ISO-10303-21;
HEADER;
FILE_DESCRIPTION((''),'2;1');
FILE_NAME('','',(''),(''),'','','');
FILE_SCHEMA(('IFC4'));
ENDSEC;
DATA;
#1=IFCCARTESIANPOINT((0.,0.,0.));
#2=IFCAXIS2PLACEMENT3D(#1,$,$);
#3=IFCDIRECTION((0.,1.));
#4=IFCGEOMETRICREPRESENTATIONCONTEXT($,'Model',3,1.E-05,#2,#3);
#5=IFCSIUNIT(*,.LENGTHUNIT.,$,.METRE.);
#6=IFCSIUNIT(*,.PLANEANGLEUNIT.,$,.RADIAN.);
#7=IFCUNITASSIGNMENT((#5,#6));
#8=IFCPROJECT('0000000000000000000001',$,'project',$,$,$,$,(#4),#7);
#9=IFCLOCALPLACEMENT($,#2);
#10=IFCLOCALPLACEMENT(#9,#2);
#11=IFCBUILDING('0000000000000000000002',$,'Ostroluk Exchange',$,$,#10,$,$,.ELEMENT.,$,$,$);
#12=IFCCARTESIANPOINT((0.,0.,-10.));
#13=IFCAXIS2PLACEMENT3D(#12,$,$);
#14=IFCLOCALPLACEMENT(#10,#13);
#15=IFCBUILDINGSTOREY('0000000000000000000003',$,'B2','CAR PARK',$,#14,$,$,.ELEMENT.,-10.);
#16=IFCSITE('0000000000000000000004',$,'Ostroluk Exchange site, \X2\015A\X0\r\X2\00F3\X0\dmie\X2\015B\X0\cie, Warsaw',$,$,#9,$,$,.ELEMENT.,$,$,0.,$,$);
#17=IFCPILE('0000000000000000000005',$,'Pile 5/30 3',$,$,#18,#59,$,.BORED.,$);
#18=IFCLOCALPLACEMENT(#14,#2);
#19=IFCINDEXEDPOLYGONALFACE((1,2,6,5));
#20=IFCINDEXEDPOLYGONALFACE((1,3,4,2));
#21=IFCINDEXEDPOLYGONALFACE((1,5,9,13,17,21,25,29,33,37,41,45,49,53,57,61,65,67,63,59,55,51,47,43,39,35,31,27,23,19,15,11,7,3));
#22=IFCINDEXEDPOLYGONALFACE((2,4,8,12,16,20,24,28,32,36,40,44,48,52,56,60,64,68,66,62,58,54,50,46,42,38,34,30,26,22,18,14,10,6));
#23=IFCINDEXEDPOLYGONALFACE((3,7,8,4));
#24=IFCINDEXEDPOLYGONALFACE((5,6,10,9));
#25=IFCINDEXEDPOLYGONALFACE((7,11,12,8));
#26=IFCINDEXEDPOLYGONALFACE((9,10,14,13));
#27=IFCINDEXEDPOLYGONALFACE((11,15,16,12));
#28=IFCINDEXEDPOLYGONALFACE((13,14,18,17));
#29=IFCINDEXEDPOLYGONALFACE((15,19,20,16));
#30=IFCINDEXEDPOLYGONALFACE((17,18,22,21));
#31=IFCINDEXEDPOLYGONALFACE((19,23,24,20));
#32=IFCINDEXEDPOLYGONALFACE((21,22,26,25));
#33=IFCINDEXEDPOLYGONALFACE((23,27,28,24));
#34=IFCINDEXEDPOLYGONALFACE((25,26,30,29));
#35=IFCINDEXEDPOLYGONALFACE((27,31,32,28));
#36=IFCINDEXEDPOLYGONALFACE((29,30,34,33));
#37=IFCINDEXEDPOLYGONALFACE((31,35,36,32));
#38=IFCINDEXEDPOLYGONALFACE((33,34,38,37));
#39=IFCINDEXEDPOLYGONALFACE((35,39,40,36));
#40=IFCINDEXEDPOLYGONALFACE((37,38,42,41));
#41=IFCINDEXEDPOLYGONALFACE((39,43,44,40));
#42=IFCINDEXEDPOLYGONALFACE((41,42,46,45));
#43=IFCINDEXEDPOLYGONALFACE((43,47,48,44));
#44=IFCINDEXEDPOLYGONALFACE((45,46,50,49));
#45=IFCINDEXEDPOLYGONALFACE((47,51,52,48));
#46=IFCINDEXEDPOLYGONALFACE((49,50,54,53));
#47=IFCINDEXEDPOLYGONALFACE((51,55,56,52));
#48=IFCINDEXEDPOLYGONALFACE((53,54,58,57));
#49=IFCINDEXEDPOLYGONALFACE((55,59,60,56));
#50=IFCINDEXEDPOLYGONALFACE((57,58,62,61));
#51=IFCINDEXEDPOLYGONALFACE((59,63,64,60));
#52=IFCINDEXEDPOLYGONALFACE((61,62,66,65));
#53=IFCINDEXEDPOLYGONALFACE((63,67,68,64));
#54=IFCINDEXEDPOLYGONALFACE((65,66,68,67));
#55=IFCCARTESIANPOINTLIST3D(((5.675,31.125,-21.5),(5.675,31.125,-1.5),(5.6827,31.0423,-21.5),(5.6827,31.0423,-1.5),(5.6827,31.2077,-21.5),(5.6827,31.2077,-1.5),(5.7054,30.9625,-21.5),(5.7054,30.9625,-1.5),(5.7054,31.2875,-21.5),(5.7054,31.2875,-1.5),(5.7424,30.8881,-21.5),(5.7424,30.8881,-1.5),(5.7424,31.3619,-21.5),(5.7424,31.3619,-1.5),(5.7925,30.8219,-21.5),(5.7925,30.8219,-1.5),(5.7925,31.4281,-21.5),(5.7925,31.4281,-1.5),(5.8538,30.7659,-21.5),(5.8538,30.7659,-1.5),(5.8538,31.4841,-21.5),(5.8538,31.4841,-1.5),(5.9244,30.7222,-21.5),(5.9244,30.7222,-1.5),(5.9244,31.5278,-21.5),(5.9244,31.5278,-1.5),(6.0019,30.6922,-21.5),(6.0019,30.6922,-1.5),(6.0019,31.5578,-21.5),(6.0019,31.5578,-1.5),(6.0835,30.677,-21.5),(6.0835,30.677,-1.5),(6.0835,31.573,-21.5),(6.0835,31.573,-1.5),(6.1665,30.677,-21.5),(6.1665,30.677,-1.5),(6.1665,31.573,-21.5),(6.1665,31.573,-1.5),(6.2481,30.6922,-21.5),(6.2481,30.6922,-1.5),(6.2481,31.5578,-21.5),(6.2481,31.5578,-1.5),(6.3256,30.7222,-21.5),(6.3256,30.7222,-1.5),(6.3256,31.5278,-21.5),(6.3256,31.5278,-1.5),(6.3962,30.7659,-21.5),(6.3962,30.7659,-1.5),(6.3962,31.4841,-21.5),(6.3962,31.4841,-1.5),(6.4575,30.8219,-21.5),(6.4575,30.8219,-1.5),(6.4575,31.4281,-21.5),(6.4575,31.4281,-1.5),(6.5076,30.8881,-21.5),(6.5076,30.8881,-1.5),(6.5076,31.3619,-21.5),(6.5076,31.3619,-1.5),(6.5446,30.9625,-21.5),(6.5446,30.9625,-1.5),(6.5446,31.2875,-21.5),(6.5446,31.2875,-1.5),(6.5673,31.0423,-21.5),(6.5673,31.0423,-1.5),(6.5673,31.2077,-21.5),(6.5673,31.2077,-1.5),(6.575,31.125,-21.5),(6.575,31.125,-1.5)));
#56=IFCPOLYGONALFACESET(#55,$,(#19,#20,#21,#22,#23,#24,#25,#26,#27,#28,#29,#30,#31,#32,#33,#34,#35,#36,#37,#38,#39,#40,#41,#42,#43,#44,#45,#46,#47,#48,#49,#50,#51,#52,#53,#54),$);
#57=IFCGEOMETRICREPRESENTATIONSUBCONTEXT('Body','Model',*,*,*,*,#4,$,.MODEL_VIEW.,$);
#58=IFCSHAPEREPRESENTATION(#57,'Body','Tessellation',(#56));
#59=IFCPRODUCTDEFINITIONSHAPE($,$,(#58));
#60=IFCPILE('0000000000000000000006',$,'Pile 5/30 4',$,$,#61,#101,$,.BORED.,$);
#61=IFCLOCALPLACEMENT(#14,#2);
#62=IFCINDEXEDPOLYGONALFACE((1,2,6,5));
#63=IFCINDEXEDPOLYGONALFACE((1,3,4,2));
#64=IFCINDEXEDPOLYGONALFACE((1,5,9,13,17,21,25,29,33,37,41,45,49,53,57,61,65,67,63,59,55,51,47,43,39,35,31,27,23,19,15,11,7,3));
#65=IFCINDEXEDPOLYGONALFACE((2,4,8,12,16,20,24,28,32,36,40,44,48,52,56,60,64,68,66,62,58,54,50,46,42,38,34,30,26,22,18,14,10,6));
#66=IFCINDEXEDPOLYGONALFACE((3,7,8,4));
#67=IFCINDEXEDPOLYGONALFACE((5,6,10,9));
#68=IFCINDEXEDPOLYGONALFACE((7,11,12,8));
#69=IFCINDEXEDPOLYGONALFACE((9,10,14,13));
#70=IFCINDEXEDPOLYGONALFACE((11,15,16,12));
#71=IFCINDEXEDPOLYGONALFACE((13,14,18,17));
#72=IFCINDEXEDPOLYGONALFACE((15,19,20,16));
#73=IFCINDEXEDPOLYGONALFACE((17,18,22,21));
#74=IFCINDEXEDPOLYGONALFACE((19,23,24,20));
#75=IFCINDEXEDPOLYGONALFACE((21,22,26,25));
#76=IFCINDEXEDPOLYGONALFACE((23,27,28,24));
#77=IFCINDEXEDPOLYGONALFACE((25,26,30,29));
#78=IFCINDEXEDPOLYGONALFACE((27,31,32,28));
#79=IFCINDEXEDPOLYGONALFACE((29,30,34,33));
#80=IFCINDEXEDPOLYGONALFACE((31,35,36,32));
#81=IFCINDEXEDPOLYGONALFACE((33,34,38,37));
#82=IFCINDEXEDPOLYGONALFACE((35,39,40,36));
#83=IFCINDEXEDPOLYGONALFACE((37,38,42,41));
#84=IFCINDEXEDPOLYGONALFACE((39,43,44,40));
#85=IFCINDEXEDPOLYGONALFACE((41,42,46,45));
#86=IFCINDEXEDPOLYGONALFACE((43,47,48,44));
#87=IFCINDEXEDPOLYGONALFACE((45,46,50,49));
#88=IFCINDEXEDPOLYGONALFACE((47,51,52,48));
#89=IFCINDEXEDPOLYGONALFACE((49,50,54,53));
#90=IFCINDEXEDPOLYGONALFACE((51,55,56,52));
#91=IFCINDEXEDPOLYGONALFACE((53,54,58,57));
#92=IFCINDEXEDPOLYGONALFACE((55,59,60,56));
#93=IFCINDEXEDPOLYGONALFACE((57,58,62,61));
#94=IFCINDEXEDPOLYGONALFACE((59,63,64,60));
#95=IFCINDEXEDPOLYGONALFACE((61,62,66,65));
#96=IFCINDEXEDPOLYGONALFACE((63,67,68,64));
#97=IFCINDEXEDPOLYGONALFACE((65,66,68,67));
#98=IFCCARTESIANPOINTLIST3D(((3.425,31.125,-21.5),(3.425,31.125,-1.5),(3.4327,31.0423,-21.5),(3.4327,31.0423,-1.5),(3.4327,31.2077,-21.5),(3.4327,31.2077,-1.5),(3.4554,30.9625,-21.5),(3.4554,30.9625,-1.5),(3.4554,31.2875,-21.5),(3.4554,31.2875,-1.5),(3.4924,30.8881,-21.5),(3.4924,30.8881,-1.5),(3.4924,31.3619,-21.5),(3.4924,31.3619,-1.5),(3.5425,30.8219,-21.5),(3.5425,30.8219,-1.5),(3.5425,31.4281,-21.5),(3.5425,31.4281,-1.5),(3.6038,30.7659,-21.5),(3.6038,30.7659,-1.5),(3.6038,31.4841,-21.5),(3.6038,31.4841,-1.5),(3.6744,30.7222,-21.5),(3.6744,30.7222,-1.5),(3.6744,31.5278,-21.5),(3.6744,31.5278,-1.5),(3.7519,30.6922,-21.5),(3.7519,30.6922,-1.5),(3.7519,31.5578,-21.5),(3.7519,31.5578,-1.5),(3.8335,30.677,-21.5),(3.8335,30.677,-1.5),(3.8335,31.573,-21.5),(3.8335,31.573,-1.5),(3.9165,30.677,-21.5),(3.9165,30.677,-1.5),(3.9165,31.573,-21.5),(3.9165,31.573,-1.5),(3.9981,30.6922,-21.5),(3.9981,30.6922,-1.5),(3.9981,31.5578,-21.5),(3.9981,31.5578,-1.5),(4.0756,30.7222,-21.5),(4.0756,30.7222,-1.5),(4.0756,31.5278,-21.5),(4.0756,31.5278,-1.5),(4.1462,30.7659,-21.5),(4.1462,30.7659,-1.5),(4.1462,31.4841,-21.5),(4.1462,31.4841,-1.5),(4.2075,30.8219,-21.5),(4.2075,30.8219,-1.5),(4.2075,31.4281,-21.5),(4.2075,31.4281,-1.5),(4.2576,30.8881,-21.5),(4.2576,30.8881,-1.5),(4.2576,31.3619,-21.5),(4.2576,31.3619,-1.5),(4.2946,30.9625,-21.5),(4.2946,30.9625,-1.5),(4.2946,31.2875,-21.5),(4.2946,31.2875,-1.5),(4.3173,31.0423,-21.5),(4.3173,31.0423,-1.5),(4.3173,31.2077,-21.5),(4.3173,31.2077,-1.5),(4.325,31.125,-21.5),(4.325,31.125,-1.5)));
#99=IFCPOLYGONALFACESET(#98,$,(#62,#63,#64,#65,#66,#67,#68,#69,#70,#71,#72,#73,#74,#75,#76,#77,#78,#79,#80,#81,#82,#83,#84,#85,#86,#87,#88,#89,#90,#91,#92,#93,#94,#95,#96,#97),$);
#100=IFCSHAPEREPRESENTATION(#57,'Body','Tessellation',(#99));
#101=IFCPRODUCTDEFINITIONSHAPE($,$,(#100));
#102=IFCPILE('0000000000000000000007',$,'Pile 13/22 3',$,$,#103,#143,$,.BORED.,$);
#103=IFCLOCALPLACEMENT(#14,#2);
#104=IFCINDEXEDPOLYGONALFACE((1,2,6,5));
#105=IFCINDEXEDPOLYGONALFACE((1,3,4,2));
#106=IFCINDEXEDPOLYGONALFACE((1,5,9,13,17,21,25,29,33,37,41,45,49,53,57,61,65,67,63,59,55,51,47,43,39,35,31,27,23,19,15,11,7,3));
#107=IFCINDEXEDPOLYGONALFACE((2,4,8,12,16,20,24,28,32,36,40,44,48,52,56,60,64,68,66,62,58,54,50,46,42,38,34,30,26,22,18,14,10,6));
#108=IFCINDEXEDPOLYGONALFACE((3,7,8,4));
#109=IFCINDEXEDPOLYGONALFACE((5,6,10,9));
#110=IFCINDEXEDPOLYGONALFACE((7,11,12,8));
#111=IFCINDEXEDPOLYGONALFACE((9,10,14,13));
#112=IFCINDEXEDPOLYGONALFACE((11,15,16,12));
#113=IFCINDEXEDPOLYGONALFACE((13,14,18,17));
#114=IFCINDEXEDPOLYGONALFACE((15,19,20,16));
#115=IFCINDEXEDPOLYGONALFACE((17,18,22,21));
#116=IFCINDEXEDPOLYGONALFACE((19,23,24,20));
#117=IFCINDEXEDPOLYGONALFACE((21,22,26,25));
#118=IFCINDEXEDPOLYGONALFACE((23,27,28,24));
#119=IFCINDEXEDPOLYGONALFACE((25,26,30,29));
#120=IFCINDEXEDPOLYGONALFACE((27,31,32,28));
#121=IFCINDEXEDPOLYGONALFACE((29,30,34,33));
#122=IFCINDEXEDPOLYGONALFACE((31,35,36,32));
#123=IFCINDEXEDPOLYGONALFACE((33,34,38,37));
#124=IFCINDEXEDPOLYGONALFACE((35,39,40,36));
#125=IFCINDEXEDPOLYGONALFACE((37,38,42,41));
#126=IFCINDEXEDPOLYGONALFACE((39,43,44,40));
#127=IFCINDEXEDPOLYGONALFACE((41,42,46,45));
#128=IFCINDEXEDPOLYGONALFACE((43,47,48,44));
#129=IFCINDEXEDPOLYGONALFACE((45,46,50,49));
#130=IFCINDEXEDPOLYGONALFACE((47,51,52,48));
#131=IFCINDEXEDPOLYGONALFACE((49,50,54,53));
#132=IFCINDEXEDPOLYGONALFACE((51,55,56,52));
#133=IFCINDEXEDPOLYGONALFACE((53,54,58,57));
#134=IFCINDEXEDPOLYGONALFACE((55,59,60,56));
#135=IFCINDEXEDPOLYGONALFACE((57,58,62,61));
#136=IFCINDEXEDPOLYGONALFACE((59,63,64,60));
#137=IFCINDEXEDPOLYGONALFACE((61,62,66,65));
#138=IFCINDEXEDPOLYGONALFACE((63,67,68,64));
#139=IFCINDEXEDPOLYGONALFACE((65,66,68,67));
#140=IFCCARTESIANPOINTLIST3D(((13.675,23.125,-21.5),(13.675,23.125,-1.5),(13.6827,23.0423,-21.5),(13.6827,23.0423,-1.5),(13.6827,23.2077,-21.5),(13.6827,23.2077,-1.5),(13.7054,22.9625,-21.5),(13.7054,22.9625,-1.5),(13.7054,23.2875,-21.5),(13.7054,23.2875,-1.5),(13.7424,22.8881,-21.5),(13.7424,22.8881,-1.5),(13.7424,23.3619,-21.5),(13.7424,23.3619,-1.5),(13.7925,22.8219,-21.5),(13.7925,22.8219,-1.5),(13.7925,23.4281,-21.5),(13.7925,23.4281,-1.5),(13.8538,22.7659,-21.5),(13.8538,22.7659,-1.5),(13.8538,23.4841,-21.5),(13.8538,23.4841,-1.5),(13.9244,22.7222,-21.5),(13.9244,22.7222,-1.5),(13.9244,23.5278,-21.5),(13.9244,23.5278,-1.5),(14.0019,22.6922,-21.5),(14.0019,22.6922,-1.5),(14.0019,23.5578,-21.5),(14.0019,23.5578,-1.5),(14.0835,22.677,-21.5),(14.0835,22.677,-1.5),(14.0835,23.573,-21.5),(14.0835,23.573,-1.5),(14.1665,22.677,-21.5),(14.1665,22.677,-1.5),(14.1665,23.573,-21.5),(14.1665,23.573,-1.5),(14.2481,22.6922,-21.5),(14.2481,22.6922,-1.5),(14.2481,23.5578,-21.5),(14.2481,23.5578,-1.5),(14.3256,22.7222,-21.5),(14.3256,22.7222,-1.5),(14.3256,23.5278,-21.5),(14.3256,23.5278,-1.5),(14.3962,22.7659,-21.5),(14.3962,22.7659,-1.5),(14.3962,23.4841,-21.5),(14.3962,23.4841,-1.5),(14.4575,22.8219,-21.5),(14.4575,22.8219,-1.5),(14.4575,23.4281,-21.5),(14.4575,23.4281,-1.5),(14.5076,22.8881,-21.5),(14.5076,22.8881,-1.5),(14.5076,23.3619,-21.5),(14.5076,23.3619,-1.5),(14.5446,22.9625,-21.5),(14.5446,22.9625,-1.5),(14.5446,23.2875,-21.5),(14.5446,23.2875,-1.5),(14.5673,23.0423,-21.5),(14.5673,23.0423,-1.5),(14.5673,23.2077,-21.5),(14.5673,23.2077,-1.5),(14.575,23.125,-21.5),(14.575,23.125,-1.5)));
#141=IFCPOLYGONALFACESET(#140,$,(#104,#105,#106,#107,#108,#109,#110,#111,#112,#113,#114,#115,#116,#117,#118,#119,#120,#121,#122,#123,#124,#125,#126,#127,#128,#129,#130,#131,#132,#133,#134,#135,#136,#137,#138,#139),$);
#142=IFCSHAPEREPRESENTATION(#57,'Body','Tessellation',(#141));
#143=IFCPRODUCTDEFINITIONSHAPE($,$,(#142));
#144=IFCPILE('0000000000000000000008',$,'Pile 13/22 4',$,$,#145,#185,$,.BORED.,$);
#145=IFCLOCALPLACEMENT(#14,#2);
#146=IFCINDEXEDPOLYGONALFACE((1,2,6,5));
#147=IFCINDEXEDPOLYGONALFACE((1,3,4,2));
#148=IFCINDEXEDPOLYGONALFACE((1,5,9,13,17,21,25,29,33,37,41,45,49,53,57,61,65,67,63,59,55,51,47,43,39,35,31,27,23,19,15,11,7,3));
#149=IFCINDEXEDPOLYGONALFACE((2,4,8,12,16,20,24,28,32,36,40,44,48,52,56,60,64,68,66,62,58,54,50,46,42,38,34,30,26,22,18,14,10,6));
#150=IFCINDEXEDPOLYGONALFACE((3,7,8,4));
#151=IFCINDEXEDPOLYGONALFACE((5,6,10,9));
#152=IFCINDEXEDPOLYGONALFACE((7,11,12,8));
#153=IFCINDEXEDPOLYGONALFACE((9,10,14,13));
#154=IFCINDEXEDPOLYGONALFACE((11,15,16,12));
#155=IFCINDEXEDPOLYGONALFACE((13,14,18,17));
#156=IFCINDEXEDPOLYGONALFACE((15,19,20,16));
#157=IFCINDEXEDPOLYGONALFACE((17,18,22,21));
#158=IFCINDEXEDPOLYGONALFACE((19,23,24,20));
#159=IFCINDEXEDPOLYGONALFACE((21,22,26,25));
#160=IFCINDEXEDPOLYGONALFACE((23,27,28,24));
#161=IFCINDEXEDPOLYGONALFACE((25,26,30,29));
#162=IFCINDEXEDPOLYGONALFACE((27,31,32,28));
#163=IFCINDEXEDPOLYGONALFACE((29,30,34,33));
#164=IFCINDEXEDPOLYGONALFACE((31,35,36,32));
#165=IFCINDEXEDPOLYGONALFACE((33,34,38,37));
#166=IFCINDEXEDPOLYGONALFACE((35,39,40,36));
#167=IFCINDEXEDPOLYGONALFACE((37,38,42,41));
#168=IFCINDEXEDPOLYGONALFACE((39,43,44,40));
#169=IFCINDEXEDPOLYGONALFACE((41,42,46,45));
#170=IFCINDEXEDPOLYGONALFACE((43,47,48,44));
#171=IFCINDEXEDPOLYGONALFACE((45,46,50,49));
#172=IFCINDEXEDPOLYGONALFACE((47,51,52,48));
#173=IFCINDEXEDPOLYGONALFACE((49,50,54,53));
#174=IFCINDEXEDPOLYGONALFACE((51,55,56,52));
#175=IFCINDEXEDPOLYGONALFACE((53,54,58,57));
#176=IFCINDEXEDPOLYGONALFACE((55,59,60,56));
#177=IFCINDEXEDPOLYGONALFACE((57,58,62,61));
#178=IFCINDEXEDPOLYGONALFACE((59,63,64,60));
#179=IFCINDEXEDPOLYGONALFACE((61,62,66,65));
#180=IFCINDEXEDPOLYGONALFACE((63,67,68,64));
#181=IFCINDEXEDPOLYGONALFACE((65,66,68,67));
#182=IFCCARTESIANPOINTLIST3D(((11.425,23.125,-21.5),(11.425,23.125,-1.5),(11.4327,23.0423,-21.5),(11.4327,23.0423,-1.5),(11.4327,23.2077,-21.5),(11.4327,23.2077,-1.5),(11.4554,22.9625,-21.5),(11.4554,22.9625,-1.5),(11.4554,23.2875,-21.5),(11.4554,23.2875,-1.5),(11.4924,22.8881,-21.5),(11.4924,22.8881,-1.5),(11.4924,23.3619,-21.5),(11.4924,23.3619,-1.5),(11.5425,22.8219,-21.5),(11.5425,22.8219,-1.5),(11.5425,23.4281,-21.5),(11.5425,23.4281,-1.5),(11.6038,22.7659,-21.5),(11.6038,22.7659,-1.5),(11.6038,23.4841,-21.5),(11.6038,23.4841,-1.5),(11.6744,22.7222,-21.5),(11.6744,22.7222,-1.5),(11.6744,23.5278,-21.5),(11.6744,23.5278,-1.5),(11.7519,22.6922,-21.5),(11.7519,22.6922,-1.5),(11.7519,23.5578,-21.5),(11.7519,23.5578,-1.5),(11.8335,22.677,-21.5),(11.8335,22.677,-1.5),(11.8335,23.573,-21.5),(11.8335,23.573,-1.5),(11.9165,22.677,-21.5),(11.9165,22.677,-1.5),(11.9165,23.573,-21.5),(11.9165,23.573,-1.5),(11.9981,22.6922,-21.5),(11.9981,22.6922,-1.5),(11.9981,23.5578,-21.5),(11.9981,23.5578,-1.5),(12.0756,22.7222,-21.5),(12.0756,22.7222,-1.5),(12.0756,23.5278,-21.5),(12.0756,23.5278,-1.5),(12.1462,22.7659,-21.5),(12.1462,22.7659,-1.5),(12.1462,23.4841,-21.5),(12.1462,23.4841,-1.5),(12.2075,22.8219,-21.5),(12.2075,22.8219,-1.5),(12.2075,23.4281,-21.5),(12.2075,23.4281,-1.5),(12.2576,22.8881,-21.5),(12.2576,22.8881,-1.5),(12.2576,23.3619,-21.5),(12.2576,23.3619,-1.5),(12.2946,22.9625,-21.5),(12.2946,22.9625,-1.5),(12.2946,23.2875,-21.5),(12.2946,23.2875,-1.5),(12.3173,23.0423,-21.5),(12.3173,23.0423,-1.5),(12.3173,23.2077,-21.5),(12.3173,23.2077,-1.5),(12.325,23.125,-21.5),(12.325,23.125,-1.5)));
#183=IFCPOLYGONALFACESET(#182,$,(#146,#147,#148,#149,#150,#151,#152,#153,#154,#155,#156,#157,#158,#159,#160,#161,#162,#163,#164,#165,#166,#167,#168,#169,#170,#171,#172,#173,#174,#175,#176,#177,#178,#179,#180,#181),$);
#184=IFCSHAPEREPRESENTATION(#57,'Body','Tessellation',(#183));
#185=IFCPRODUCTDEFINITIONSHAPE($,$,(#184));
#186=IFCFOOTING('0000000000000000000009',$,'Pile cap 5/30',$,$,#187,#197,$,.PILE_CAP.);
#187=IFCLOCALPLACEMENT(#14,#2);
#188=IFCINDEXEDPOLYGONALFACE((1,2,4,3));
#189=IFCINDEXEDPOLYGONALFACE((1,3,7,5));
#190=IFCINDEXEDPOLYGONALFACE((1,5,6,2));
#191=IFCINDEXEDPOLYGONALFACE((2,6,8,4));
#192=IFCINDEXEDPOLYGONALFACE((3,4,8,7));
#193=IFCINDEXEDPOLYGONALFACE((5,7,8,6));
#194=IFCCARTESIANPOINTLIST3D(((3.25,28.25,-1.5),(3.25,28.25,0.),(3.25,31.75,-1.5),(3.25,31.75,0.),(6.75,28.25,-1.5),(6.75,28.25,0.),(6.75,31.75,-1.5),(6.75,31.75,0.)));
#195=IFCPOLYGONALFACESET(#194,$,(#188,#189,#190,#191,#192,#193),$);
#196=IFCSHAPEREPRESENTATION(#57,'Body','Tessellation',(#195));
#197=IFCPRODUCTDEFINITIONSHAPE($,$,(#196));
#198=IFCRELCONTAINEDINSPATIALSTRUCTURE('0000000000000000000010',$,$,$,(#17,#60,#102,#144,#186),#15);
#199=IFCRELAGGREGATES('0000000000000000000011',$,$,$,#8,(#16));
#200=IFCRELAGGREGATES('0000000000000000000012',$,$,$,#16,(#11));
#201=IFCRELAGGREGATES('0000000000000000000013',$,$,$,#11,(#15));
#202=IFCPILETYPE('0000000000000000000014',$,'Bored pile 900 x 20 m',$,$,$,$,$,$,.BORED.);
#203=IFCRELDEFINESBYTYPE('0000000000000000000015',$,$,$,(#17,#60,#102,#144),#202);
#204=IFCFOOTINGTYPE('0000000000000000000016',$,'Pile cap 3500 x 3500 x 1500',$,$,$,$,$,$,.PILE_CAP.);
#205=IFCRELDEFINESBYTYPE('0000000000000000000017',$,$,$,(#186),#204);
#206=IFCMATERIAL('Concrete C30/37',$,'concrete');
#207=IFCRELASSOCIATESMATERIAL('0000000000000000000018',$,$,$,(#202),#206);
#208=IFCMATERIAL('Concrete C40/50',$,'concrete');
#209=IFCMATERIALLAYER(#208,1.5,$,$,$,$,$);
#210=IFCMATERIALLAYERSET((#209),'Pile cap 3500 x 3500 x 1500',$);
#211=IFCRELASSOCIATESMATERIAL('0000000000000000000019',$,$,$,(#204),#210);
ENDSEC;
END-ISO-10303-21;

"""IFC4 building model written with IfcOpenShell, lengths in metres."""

from ifc_helpers import new_model, si_unit, direction, frame, origin, origin_2d, place, context, subcontext, project, spatial, rectangle, circle, extrude, material, layer, layer_set, type_object, element, save


model = new_model("IFC4")

# Units and contexts
model_context = context("Model", 3, precision=1e-05, world=origin(), true_north=direction((0.0, 1.0)))
body_context = subcontext(model_context, "Body", "Model", "MODEL_VIEW")
ifc_project = project(units=[si_unit("LENGTHUNIT", "METRE"), si_unit("PLANEANGLEUNIT", "RADIAN")], contexts=[model_context])

# Site, building, storey
site_placement = place(None, origin())
site = spatial("IfcSite", under=ifc_project, at=site_placement, Name="Ostroluk Exchange site, Śródmieście, Warsaw", CompositionType="ELEMENT", RefElevation=0.0)
building_placement = place(site_placement, origin())
building = spatial("IfcBuilding", under=site, at=building_placement, Name="Ostroluk Exchange", CompositionType="ELEMENT")
storey_placement = place(building_placement, frame((0.0, 0.0, -10.0)))
storey = spatial("IfcBuildingStorey", under=building, at=storey_placement, Name="B2", Description="CAR PARK", CompositionType="ELEMENT", Elevation=-10.0)

# Piles
ifc_material_1 = material(Name="Concrete C30/37", Category="concrete")
pile_type_1 = type_object("IfcPileType", Name="Bored pile 900 x 20 m", PredefinedType="BORED", material=ifc_material_1)
for number, where, z_axis, x_axis, name in (
    (1, (6.125, 31.125, -1.5), (0.0, 0.0, -1.0), (1.0, 0.0, 0.0), "Pile 5/30 3"),
    (2, (3.875, 31.125, -1.5), (0.0, 0.0, -1.0), (1.0, 0.0, 0.0), "Pile 5/30 4"),
    (3, (14.125, 23.125, -1.5), (0.0, 0.0, -1.0), (1.0, 0.0, 0.0), "Pile 13/22 3"),
    (4, (11.875, 23.125, -1.5), (0.0, 0.0, -1.0), (1.0, 0.0, 0.0), "Pile 13/22 4"),
):
    element("IfcPile", number, at=place(storey_placement, frame(where, z_axis=z_axis, x_axis=x_axis)), inside=storey, type_object=pile_type_1, Name=name, PredefinedType="BORED", context=body_context, shape_type="SweptSolid", body=[
        extrude(circle(Radius=0.45, at=origin_2d()), origin(), (0.0, 0.0, 1.0), 20.0),
    ])

# Footing
ifc_material_2 = material(Name="Concrete C40/50", Category="concrete")
ifc_layer_1 = layer(ifc_material_2, 1.5)
ifc_layer_set_1 = layer_set([ifc_layer_1], Name="Pile cap 3500 x 3500 x 1500")
footing_type = type_object("IfcFootingType", Name="Pile cap 3500 x 3500 x 1500", PredefinedType="PILE_CAP", material=ifc_layer_set_1)
footing_placement = place(storey_placement, frame((5.0, 30.0, -1.5), z_axis=(0.0, 0.0, 1.0), x_axis=(1.0, 0.0, 0.0)))
element("IfcFooting", 5, at=footing_placement, inside=storey, type_object=footing_type, Name="Pile cap 5/30", PredefinedType="PILE_CAP", context=body_context, shape_type="SweptSolid", body=[
    extrude(rectangle(XDim=3.5, YDim=3.5, at=origin_2d()), origin(), (0.0, 0.0, 1.0), 1.5),
])

save(model, "model.ifc")
